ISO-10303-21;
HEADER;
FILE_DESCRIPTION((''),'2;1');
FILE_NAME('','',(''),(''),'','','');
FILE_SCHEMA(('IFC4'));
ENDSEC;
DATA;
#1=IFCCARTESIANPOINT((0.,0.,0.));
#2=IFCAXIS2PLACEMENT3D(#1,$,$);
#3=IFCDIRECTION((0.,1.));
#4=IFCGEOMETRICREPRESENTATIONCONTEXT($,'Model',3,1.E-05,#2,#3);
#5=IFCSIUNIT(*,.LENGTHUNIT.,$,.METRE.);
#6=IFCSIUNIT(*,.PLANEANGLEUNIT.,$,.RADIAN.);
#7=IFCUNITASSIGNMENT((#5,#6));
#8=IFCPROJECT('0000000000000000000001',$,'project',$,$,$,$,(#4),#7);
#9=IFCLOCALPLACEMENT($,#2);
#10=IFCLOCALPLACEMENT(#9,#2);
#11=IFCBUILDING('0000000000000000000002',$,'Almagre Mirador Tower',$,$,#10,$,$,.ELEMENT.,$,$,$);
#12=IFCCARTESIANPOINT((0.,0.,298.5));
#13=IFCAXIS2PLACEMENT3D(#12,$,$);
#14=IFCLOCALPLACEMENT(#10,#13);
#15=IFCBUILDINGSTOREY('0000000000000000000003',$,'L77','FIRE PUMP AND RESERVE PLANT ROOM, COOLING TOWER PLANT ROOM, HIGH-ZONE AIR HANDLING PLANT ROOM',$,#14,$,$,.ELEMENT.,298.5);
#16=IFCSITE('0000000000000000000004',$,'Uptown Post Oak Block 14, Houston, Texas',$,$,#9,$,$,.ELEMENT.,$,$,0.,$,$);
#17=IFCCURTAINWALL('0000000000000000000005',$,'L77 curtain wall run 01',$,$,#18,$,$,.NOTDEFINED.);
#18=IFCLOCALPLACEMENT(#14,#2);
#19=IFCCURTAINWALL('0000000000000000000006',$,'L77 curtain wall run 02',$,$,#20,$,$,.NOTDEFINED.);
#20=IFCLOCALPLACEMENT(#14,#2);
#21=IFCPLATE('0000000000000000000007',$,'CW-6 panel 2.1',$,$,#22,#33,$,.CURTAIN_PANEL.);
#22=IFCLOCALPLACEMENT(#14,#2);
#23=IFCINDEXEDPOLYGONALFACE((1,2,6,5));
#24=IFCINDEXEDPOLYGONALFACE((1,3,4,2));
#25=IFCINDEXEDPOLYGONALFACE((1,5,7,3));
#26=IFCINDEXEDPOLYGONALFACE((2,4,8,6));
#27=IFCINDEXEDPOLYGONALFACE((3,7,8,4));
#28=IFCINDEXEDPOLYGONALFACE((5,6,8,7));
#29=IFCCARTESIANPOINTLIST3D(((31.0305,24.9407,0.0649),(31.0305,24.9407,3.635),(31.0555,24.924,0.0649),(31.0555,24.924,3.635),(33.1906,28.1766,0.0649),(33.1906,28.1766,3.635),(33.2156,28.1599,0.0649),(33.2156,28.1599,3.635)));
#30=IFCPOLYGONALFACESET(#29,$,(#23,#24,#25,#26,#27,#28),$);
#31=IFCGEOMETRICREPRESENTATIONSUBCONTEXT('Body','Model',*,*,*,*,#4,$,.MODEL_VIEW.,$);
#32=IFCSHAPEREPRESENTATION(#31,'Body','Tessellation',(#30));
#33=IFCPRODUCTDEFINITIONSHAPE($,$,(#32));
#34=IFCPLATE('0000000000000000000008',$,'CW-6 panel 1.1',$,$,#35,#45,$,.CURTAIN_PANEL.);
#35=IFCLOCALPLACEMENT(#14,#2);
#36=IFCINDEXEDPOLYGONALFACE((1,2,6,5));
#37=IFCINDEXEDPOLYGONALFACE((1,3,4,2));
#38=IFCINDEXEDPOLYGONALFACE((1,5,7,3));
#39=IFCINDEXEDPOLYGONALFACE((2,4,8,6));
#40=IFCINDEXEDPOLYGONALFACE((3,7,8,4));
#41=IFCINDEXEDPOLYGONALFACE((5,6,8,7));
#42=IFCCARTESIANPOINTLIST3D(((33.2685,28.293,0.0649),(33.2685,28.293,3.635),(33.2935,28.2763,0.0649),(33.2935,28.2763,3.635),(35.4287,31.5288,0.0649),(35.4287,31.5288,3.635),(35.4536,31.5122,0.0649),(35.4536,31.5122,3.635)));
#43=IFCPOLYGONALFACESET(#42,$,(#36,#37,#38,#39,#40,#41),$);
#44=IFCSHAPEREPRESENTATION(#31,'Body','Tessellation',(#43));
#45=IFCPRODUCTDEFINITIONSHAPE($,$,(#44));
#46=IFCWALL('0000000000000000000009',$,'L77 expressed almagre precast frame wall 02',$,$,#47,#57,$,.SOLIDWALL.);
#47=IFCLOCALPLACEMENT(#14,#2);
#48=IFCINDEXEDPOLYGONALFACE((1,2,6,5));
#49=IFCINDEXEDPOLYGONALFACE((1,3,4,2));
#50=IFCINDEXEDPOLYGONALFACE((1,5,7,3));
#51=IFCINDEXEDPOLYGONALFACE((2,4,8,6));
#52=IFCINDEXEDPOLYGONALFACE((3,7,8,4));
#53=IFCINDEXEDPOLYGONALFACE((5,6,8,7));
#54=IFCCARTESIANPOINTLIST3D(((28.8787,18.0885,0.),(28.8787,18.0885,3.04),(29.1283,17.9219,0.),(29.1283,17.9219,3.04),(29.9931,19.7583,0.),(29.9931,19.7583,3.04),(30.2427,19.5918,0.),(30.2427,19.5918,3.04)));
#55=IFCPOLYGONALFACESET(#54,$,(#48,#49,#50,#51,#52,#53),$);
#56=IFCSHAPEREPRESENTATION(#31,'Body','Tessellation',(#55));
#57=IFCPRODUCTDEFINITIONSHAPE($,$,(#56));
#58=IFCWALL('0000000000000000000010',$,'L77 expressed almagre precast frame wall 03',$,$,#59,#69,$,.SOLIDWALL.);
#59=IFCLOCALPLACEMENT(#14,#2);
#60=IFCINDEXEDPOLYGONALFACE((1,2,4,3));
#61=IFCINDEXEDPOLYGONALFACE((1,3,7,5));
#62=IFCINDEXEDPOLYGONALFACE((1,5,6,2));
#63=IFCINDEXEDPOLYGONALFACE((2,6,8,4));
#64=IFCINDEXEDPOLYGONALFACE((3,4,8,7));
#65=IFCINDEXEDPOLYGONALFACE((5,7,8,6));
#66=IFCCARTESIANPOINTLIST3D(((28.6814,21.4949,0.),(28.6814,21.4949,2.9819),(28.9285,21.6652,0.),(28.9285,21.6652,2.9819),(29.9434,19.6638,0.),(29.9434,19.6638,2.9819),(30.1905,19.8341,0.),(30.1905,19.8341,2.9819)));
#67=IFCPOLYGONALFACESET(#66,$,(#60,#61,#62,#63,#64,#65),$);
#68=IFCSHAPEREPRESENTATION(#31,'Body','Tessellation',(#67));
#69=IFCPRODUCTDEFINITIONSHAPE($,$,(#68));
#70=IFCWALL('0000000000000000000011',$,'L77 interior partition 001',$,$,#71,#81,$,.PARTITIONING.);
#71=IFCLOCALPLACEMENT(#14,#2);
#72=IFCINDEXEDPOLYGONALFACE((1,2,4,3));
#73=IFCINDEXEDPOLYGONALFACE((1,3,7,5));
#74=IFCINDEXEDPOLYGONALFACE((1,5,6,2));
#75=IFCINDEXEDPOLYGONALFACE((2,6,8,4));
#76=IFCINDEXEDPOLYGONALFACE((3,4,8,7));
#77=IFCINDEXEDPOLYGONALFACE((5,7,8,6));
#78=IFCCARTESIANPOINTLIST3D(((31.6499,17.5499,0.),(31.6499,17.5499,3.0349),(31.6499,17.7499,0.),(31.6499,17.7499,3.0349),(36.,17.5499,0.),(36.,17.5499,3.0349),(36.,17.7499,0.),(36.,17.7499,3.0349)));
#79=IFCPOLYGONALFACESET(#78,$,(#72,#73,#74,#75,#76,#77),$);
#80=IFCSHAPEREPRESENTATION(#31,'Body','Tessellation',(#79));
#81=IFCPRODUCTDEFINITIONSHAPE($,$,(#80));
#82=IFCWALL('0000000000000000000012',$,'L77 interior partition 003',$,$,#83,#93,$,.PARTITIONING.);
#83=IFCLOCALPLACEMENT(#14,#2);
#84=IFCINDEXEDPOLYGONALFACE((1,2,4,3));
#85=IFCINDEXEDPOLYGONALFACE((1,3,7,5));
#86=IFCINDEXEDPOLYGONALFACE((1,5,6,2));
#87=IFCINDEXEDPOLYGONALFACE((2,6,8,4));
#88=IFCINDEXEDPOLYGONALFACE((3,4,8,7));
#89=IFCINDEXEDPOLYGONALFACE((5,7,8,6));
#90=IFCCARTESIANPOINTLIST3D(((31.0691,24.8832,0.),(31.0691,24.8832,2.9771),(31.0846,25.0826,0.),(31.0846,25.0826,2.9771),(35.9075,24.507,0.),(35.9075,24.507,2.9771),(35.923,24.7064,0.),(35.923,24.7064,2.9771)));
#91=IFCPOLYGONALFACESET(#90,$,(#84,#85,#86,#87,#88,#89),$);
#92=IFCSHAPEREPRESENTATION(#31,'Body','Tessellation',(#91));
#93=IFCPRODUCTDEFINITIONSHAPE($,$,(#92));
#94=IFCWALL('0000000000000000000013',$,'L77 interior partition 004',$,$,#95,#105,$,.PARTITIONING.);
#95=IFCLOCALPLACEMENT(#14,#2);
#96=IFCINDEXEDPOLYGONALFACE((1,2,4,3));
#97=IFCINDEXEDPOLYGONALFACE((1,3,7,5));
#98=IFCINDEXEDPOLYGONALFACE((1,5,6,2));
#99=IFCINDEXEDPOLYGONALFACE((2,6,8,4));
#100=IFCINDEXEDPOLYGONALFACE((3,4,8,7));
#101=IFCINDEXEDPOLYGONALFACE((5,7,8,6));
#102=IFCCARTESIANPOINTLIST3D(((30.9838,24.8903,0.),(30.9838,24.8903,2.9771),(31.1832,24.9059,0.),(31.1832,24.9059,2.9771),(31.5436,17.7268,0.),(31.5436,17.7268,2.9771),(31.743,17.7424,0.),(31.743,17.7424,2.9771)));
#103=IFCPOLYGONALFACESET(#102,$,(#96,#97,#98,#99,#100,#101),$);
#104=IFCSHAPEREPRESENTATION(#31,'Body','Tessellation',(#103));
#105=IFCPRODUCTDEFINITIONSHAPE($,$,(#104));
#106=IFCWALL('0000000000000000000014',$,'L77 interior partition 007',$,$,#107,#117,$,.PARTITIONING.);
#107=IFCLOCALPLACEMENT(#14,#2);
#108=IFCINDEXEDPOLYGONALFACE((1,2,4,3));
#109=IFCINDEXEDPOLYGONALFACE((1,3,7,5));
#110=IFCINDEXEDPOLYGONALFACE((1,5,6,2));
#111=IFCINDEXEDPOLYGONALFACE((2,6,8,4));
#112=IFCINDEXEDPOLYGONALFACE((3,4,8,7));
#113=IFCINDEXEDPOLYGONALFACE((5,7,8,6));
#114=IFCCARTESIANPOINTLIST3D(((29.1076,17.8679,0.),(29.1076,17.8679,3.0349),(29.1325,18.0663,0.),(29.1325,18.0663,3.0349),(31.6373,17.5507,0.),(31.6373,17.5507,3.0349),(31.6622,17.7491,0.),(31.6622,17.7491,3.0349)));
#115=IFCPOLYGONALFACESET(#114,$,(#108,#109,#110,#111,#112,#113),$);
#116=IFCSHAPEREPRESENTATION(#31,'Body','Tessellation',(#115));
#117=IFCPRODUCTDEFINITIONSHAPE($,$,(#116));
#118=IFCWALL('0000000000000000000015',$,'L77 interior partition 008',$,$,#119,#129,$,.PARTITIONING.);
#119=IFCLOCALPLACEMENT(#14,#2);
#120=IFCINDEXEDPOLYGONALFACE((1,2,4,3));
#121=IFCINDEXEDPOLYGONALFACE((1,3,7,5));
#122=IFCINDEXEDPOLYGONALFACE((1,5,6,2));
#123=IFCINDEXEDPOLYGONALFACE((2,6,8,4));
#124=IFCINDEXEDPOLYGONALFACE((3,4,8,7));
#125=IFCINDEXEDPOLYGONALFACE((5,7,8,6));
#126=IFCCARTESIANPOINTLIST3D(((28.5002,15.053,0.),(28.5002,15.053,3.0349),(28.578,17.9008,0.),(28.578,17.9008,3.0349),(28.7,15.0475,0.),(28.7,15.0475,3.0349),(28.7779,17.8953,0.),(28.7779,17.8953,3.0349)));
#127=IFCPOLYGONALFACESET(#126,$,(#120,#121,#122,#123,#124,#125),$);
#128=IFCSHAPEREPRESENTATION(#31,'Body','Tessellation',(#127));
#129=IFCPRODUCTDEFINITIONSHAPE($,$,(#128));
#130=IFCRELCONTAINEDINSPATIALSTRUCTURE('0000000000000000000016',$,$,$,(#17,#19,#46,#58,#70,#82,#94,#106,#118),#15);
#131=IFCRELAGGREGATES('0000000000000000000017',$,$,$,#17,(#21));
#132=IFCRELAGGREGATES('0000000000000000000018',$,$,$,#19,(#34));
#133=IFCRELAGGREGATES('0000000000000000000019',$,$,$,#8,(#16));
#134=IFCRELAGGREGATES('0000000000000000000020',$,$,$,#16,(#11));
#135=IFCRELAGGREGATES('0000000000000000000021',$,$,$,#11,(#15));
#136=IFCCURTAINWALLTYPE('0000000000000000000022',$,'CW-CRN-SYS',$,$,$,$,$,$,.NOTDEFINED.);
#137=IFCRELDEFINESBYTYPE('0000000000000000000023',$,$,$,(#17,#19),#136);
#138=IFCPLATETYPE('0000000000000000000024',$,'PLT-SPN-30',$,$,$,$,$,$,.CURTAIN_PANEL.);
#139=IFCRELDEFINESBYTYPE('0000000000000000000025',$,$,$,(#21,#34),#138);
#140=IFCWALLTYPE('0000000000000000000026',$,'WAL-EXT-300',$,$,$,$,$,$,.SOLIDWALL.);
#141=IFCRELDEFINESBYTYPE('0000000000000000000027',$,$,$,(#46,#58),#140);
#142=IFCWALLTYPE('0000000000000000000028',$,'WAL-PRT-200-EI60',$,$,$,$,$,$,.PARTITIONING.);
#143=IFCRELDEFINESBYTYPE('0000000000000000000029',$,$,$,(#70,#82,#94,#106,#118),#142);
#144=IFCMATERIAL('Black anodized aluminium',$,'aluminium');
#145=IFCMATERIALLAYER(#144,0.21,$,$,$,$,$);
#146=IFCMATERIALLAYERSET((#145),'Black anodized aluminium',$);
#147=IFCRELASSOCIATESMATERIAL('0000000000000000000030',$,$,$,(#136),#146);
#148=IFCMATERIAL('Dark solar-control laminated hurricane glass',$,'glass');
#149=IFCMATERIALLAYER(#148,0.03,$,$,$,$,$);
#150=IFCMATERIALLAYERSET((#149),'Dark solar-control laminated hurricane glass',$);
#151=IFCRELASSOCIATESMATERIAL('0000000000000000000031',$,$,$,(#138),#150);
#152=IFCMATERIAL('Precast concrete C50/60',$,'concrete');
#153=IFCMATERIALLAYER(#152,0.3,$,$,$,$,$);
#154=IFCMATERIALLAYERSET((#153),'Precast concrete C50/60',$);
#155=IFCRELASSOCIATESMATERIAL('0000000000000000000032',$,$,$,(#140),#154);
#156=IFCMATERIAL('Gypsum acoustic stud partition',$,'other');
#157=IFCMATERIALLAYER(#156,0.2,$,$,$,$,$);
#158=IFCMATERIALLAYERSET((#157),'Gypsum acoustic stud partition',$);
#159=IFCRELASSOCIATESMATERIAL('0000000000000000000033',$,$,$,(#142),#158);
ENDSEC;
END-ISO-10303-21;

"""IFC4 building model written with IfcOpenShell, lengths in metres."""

from ifc_helpers import new_model, si_unit, direction, frame, frame_2d, origin, origin_2d, place, context, subcontext, project, spatial, rectangle, extrude, material, layer, layer_set, type_object, element, aggregate, save


model = new_model("IFC4")

# Units and contexts
model_context = context("Model", 3, precision=1e-05, world=origin(), true_north=direction((0.0, 1.0)))
body_context = subcontext(model_context, "Body", "Model", "MODEL_VIEW")
ifc_project = project(units=[si_unit("LENGTHUNIT", "METRE"), si_unit("PLANEANGLEUNIT", "RADIAN")], contexts=[model_context])

# Site, building, storey
site_placement = place(None, origin())
site = spatial("IfcSite", under=ifc_project, at=site_placement, Name="Uptown Post Oak Block 14, Houston, Texas", CompositionType="ELEMENT", RefElevation=0.0)
building_placement = place(site_placement, origin())
building = spatial("IfcBuilding", under=site, at=building_placement, Name="Almagre Mirador Tower", CompositionType="ELEMENT")
storey_placement = place(building_placement, frame((0.0, 0.0, 298.5)))
storey = spatial("IfcBuildingStorey", under=building, at=storey_placement, Name="L77", Description="FIRE PUMP AND RESERVE PLANT ROOM, COOLING TOWER PLANT ROOM, HIGH-ZONE AIR HANDLING PLANT ROOM", CompositionType="ELEMENT", Elevation=298.5)

# Curtain walls
ifc_material_1 = material(Name="Black anodized aluminium", Category="aluminium")
ifc_layer_1 = layer(ifc_material_1, 0.21)
ifc_layer_set_1 = layer_set([ifc_layer_1], Name="Black anodized aluminium")
curtain_wall_type = type_object("IfcCurtainWallType", Name="CW-CRN-SYS", PredefinedType="NOTDEFINED", material=ifc_layer_set_1)
curtain_wall_1_placement = place(storey_placement, origin())
curtain_wall_1 = element("IfcCurtainWall", 1, at=curtain_wall_1_placement, inside=storey, type_object=curtain_wall_type, Name="L77 curtain wall run 01", PredefinedType="NOTDEFINED")
curtain_wall_2_placement = place(storey_placement, origin())
curtain_wall_2 = element("IfcCurtainWall", 2, at=curtain_wall_2_placement, inside=storey, type_object=curtain_wall_type, Name="L77 curtain wall run 02", PredefinedType="NOTDEFINED")

# Plates
ifc_material_2 = material(Name="Dark solar-control laminated hurricane glass", Category="glass")
ifc_layer_2 = layer(ifc_material_2, 0.03)
ifc_layer_set_2 = layer_set([ifc_layer_2], Name="Dark solar-control laminated hurricane glass")
plate_type = type_object("IfcPlateType", Name="PLT-SPN-30", PredefinedType="CURTAIN_PANEL", material=ifc_layer_set_2)
plate_1_placement = place(storey_placement, frame((32.123, 26.5503, 0.0649), z_axis=(0.0, 0.0, 1.0), x_axis=(0.55522, 0.831704, 0.0)))
plate_1 = element("IfcPlate", 3, at=plate_1_placement, type_object=plate_type, Name="CW-6 panel 2.1", PredefinedType="CURTAIN_PANEL", context=body_context, shape_type="SweptSolid", body=[
    extrude(rectangle(XDim=3.8906, YDim=0.03, at=origin_2d()), origin(), (0.0, 0.0, 1.0), 3.5701),
])
aggregate(curtain_wall_1, [plate_1])
plate_2_placement = place(storey_placement, frame((34.3611, 29.9026, 0.0649), z_axis=(0.0, 0.0, 1.0), x_axis=(0.55522, 0.831704, 0.0)))
plate_2 = element("IfcPlate", 4, at=plate_2_placement, type_object=plate_type, Name="CW-6 panel 1.1", PredefinedType="CURTAIN_PANEL", context=body_context, shape_type="SweptSolid", body=[
    extrude(rectangle(XDim=3.8906, YDim=0.03, at=origin_2d()), origin(), (0.0, 0.0, 1.0), 3.5701),
])
aggregate(curtain_wall_2, [plate_2])

# Walls
ifc_material_3 = material(Name="Precast concrete C50/60", Category="concrete")
ifc_layer_3 = layer(ifc_material_3, 0.3)
ifc_layer_set_3 = layer_set([ifc_layer_3], Name="Precast concrete C50/60")
wall_type_1 = type_object("IfcWallType", Name="WAL-EXT-300", PredefinedType="SOLIDWALL", material=ifc_layer_set_3)
wall_1_placement = place(storey_placement, frame((29.0034, 18.0051, 0.0), z_axis=(0.0, 0.0, 1.0), x_axis=(0.555121, 0.83177, 0.0)))
element("IfcWall", 5, at=wall_1_placement, inside=storey, type_object=wall_type_1, Name="L77 expressed almagre precast frame wall 02", PredefinedType="SOLIDWALL", context=body_context, shape_type="SweptSolid", body=[
    extrude(rectangle(XDim=2.0076, YDim=0.3, at=frame_2d((1.0039, 0.0))), origin(), (0.0, 0.0, 1.0), 3.04),
])
wall_2_placement = place(storey_placement, frame((30.0669, 19.749, 0.0), z_axis=(0.0, 0.0, 1.0), x_axis=(-0.567479, 0.823388, 0.0)))
element("IfcWall", 6, at=wall_2_placement, inside=storey, type_object=wall_type_1, Name="L77 expressed almagre precast frame wall 03", PredefinedType="SOLIDWALL", context=body_context, shape_type="SweptSolid", body=[
    extrude(rectangle(XDim=2.2239, YDim=0.3, at=frame_2d((1.1118, 0.0))), origin(), (0.0, 0.0, 1.0), 2.9819),
])
ifc_material_4 = material(Name="Gypsum acoustic stud partition", Category="other")
ifc_layer_4 = layer(ifc_material_4, 0.2)
ifc_layer_set_4 = layer_set([ifc_layer_4], Name="Gypsum acoustic stud partition")
wall_type_2 = type_object("IfcWallType", Name="WAL-PRT-200-EI60", PredefinedType="PARTITIONING", material=ifc_layer_set_4)
wall_3_placement = place(storey_placement, frame((31.6499, 17.6499, 0.0), z_axis=(0.0, 0.0, 1.0), x_axis=(1.0, 0.0, 0.0)))
element("IfcWall", 7, at=wall_3_placement, inside=storey, type_object=wall_type_2, Name="L77 interior partition 001", PredefinedType="PARTITIONING", context=body_context, shape_type="SweptSolid", body=[
    extrude(rectangle(XDim=4.3501, YDim=0.2, at=frame_2d((2.175, 0.0))), origin(), (0.0, 0.0, 1.0), 3.0349),
])
wall_4_placement = place(storey_placement, frame((35.9153, 24.6067, 0.0), z_axis=(0.0, 0.0, 1.0), x_axis=(-0.996991, 0.077524, 0.0)))
element("IfcWall", 8, at=wall_4_placement, inside=storey, type_object=wall_type_2, Name="L77 interior partition 003", PredefinedType="PARTITIONING", context=body_context, shape_type="SweptSolid", body=[
    extrude(rectangle(XDim=4.853, YDim=0.2, at=frame_2d((2.4265, 0.0))), origin(), (0.0, 0.0, 1.0), 2.9771),
])
wall_5_placement = place(storey_placement, frame((31.0835, 24.8982, 0.0), z_axis=(0.0, 0.0, 1.0), x_axis=(0.07791, -0.99696, 0.0)))
element("IfcWall", 9, at=wall_5_placement, inside=storey, type_object=wall_type_2, Name="L77 interior partition 004", PredefinedType="PARTITIONING", context=body_context, shape_type="SweptSolid", body=[
    extrude(rectangle(XDim=7.1853, YDim=0.2, at=frame_2d((3.5928, 0.0))), origin(), (0.0, 0.0, 1.0), 2.9771),
])
wall_6_placement = place(storey_placement, frame((31.6499, 17.6499, 0.0), z_axis=(0.0, 0.0, 1.0), x_axis=(-0.992234, 0.124388, 0.0)))
element("IfcWall", 10, at=wall_6_placement, inside=storey, type_object=wall_type_2, Name="L77 interior partition 007", PredefinedType="PARTITIONING", context=body_context, shape_type="SweptSolid", body=[
    extrude(rectangle(XDim=2.5496, YDim=0.2, at=frame_2d((1.2749, 0.0))), origin(), (0.0, 0.0, 1.0), 3.0349),
])
wall_7_placement = place(storey_placement, frame((28.678, 17.8979, 0.0), z_axis=(0.0, 0.0, 1.0), x_axis=(-0.027337, -0.999626, 0.0)))
element("IfcWall", 11, at=wall_7_placement, inside=storey, type_object=wall_type_2, Name="L77 interior partition 008", PredefinedType="PARTITIONING", context=body_context, shape_type="SweptSolid", body=[
    extrude(rectangle(XDim=2.8489, YDim=0.2, at=frame_2d((1.4243, 0.0))), origin(), (0.0, 0.0, 1.0), 3.0349),
])

save(model, "model.ifc")
